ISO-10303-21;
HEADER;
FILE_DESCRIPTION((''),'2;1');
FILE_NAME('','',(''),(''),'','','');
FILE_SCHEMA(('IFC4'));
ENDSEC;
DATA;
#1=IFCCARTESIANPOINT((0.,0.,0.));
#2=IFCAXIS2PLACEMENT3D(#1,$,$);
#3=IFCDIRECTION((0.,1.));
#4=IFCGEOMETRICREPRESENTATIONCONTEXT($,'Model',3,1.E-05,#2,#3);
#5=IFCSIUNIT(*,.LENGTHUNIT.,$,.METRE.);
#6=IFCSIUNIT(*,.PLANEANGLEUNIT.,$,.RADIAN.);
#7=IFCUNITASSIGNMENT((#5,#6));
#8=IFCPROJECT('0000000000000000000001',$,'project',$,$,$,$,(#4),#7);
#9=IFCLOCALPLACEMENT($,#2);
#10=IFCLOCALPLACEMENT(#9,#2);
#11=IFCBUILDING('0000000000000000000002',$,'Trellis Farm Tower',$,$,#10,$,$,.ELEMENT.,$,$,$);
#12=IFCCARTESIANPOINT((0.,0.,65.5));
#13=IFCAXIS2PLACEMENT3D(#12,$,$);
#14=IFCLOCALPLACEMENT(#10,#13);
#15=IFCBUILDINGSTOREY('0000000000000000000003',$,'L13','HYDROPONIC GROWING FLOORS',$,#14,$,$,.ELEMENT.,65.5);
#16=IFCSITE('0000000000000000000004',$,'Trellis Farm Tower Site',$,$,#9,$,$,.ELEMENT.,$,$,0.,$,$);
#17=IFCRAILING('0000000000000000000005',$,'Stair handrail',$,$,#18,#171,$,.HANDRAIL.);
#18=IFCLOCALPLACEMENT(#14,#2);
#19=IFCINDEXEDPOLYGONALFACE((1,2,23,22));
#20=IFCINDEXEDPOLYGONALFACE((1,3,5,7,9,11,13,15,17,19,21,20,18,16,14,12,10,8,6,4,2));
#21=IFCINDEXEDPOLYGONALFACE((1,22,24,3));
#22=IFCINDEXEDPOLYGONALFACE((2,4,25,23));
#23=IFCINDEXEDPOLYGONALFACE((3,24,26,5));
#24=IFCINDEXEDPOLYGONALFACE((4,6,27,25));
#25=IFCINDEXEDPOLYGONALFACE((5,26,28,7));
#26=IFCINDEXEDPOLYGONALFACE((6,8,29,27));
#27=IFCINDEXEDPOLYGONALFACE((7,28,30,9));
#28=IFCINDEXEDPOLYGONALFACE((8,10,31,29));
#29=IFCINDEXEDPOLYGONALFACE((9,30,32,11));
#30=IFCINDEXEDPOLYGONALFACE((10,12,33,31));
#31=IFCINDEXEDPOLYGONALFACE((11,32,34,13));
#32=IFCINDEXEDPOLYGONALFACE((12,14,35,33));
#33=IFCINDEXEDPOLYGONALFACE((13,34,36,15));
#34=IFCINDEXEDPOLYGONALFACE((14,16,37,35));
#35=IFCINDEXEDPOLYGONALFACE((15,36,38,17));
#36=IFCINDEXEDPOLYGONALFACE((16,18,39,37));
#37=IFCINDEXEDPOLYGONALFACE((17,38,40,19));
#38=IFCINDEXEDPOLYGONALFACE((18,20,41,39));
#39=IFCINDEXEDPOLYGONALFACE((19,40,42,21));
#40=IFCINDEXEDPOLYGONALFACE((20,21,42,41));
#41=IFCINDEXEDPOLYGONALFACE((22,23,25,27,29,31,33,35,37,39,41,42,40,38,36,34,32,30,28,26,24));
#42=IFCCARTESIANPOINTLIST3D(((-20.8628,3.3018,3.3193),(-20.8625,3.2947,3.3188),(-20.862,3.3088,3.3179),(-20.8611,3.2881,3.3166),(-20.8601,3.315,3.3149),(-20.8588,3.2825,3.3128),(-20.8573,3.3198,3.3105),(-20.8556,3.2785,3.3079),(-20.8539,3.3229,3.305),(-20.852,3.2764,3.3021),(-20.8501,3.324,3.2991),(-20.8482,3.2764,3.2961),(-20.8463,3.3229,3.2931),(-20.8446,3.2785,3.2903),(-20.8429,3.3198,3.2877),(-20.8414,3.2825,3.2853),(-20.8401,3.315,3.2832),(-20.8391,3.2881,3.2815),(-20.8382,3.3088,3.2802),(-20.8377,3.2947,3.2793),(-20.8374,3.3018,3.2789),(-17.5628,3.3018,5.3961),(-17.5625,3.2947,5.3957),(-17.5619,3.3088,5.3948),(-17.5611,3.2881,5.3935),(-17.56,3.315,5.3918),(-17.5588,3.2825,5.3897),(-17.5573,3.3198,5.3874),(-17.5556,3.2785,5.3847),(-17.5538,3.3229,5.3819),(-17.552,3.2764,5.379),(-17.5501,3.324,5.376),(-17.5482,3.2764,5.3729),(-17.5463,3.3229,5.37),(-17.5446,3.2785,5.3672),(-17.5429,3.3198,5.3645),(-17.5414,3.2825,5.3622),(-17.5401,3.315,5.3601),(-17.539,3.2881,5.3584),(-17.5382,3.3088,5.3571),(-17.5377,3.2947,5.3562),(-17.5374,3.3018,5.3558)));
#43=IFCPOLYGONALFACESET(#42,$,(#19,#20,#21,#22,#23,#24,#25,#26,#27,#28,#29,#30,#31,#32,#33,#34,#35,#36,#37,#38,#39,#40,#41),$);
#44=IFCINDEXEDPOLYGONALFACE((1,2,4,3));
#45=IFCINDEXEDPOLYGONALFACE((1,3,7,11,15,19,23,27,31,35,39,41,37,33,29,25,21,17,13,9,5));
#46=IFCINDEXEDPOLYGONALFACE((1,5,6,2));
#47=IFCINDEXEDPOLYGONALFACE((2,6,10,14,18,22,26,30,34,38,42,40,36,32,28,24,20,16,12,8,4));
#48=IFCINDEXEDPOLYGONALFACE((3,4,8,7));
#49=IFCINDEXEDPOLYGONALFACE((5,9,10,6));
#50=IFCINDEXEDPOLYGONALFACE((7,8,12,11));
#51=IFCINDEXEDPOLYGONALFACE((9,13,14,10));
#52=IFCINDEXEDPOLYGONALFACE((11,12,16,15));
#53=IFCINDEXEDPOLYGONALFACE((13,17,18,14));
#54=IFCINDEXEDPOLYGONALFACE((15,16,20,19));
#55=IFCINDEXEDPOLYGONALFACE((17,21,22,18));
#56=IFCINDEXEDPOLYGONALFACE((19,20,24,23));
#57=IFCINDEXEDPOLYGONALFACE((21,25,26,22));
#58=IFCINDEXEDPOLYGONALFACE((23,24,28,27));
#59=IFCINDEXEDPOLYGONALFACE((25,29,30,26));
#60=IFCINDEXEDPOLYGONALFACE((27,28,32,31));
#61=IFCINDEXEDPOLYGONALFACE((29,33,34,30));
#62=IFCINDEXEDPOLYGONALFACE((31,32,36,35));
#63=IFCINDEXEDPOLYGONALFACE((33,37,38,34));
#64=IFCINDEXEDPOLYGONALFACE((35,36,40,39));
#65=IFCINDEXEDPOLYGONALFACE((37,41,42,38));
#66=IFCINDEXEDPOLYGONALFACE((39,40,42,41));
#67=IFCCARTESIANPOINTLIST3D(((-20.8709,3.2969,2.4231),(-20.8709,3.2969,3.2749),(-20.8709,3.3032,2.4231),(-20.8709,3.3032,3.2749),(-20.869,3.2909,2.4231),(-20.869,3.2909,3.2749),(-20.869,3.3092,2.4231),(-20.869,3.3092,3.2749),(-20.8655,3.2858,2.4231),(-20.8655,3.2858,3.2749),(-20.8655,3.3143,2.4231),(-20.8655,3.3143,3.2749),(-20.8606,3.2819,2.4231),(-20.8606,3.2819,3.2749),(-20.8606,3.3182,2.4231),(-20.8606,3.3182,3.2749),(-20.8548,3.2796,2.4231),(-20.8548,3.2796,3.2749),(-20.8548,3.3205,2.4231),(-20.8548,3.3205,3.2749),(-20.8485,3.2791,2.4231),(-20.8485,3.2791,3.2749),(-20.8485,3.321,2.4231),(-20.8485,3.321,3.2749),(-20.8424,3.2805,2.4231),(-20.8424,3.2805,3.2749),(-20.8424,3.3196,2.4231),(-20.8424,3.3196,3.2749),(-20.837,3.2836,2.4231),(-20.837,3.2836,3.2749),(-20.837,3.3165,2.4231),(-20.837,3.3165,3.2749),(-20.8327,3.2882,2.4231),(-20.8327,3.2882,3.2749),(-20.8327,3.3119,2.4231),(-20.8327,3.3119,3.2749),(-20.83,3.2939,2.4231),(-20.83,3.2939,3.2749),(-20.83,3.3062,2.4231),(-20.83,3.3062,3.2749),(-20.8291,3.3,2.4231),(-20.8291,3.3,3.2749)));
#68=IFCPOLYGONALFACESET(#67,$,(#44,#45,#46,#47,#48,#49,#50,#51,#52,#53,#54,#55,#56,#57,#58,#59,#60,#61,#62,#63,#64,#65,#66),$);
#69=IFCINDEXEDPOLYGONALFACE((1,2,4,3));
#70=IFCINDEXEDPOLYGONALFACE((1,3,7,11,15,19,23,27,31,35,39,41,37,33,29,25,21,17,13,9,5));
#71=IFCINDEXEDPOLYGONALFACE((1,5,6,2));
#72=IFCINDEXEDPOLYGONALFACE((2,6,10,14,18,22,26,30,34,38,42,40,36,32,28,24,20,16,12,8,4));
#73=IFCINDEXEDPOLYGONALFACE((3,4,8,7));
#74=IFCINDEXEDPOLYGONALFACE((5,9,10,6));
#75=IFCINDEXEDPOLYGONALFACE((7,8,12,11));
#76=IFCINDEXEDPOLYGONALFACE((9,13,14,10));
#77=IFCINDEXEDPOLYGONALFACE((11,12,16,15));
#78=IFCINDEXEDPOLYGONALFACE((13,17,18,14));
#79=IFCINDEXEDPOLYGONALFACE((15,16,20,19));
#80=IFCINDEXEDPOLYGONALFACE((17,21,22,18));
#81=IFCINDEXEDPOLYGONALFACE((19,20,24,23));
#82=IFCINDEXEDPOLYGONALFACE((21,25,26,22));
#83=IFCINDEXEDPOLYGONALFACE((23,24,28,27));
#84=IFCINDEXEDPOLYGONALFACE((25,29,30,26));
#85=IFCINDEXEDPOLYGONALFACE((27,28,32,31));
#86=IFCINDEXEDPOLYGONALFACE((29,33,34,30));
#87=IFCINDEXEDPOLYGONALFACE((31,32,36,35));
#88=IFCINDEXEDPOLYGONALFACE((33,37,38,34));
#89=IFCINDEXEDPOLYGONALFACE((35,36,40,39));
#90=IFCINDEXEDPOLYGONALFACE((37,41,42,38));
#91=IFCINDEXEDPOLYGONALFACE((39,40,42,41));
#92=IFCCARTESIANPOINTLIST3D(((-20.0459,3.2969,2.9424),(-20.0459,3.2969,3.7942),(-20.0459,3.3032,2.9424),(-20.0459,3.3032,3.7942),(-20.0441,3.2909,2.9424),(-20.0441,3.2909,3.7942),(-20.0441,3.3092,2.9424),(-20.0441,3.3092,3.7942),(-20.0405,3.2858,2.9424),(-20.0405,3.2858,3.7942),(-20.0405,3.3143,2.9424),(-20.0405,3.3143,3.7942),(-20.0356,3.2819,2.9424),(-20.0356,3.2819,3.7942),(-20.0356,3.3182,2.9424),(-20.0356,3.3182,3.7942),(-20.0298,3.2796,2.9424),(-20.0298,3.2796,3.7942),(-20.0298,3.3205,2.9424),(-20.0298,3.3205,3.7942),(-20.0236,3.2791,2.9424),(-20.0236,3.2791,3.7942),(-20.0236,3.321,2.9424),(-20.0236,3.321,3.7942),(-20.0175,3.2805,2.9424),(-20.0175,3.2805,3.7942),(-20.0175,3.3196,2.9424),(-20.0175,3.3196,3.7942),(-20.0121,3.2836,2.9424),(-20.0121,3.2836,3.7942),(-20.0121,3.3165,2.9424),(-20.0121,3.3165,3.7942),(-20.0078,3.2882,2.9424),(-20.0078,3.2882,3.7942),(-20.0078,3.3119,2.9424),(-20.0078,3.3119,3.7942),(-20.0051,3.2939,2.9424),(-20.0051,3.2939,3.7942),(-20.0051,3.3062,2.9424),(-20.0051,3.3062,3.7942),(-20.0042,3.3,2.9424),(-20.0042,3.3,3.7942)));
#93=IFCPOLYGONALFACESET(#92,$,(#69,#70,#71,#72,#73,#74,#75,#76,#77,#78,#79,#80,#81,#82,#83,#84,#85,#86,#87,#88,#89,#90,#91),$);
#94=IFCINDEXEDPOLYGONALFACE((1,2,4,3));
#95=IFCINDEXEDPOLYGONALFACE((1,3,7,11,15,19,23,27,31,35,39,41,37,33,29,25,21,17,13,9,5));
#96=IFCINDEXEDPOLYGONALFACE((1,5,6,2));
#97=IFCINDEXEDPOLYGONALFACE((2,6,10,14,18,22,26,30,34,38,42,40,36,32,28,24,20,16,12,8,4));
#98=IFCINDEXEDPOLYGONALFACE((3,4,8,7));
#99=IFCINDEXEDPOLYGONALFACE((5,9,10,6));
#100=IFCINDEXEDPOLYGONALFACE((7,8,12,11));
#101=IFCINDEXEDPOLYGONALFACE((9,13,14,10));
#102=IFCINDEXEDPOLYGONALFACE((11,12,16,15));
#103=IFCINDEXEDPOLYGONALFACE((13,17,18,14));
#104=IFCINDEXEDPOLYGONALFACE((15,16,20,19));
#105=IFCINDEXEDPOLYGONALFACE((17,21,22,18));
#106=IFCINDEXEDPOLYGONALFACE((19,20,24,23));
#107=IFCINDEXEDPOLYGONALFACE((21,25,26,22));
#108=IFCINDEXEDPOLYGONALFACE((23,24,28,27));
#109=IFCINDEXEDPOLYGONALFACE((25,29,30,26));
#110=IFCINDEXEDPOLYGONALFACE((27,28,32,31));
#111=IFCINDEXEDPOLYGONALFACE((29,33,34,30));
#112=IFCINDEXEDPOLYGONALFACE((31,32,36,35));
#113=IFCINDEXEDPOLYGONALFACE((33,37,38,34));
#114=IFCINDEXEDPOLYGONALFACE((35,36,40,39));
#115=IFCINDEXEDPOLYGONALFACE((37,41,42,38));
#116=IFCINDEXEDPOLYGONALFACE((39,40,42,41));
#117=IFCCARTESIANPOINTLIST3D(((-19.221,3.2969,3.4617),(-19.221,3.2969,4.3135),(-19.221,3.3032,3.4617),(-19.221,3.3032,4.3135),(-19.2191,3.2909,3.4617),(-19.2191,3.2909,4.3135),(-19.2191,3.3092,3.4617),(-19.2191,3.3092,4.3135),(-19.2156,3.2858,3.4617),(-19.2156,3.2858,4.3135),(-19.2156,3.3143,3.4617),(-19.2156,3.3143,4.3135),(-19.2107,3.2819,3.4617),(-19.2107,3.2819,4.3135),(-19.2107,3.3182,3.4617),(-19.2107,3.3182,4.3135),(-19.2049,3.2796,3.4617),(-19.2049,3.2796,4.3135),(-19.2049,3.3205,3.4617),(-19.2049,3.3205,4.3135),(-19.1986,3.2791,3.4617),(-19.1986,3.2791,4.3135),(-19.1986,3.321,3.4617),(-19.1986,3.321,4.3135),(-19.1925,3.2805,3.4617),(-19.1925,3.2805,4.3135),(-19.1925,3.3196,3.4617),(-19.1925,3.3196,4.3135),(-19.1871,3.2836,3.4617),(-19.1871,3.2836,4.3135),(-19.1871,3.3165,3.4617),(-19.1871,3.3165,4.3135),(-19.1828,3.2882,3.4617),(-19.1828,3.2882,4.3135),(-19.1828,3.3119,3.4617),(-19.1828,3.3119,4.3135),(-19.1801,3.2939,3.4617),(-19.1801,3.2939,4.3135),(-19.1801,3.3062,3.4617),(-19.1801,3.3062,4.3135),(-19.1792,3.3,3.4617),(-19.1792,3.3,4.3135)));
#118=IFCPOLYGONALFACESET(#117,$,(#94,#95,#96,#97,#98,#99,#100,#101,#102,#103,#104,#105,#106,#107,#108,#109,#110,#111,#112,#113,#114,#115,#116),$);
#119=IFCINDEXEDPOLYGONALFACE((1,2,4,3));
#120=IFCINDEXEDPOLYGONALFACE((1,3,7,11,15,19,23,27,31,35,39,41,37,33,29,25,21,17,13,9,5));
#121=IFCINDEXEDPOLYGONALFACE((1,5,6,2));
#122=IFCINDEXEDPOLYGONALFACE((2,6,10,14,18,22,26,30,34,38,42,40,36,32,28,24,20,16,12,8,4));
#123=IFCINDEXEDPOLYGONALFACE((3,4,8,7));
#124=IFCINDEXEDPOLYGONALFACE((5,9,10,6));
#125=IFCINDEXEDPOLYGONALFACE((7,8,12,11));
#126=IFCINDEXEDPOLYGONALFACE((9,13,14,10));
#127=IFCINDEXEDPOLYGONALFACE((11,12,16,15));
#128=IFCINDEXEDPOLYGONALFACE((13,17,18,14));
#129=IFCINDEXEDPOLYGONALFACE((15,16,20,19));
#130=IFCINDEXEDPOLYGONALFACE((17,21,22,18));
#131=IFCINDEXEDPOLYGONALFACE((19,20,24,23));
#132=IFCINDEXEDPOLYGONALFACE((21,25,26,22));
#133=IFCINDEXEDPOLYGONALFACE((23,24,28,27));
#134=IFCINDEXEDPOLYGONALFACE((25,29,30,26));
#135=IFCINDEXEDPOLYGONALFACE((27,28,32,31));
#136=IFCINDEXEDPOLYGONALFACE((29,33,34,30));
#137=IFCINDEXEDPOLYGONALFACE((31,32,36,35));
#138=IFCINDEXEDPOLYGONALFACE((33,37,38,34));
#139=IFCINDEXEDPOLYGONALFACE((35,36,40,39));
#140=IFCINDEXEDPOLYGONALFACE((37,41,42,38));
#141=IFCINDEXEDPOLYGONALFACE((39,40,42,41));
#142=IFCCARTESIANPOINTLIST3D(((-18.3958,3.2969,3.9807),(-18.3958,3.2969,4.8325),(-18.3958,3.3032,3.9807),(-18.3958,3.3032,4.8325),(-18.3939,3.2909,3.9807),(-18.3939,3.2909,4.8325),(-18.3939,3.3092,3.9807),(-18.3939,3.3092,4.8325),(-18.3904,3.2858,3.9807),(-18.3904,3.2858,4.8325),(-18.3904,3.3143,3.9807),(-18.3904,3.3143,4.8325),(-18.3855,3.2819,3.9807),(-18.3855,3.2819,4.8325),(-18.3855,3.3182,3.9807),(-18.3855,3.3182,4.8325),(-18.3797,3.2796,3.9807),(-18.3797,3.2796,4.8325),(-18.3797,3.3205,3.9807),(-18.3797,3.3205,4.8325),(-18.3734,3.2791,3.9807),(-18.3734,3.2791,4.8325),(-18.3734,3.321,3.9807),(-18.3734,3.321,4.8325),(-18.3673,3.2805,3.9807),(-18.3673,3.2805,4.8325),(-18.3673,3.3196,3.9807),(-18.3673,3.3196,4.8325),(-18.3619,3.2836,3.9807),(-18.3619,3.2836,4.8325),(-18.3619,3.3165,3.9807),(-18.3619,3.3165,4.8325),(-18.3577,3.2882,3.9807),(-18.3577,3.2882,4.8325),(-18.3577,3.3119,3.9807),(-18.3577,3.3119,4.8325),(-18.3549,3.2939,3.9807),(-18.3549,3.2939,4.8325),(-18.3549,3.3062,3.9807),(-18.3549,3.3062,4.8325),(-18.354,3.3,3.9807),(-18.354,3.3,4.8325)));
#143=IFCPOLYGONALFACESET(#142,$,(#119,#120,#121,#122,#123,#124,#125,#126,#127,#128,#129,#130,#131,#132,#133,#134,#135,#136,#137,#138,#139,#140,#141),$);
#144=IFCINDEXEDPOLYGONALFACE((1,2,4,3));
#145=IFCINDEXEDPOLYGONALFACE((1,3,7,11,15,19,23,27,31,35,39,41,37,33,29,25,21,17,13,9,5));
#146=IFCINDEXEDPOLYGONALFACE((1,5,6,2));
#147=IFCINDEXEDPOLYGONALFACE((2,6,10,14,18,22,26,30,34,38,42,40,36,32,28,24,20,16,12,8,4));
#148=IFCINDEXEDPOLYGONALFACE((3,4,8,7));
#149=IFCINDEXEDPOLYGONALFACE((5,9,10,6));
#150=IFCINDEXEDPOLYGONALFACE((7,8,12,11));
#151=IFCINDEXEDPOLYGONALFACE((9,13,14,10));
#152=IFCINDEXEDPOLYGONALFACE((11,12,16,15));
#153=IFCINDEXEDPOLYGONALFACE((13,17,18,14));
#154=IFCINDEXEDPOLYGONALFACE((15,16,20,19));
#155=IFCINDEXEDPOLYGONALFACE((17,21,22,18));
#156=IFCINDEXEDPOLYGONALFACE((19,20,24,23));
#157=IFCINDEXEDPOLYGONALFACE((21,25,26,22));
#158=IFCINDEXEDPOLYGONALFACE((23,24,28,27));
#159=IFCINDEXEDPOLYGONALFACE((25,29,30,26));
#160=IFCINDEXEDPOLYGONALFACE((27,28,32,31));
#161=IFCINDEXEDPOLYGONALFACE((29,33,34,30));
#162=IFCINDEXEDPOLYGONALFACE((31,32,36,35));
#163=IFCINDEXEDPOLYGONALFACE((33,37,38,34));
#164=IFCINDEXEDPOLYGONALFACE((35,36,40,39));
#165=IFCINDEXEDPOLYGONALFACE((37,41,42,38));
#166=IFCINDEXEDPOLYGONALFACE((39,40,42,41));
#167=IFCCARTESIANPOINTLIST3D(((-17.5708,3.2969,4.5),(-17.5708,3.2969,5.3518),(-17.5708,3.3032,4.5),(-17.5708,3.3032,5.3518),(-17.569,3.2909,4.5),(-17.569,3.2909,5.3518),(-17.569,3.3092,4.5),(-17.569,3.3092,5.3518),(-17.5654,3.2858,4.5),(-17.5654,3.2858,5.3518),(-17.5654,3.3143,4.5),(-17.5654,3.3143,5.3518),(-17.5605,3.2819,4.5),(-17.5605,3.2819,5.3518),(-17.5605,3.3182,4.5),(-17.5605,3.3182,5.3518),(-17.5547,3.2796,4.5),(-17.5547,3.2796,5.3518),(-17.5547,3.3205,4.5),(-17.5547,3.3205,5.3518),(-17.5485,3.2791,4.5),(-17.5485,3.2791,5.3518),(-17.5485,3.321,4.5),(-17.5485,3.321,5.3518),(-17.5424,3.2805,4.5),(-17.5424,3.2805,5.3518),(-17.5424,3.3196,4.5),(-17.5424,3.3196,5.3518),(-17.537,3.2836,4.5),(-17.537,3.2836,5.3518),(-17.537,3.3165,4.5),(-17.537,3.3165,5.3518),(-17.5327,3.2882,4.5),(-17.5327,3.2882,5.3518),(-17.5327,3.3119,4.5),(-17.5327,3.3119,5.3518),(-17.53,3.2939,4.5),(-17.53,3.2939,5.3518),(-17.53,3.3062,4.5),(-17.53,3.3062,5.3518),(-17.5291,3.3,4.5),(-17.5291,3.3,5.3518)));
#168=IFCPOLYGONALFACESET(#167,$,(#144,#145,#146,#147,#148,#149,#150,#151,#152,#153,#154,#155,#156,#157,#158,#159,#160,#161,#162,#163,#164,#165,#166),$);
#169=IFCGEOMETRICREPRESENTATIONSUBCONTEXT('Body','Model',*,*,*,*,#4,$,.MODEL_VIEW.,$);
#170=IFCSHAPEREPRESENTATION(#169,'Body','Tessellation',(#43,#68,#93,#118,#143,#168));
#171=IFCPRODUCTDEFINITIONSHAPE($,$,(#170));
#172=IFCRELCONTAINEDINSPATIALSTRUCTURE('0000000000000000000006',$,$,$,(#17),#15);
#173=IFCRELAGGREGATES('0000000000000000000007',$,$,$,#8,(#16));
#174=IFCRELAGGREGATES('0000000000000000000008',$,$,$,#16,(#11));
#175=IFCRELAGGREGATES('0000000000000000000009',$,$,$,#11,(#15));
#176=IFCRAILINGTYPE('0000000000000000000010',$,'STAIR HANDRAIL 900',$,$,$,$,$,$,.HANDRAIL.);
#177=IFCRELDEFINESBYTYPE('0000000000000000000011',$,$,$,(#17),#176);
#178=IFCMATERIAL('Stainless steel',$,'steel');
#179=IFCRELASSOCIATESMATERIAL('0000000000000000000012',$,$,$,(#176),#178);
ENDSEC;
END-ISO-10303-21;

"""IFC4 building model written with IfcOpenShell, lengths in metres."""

from ifc_helpers import new_model, si_unit, direction, frame, origin, origin_2d, place, context, subcontext, project, spatial, circle, extrude, source, transform, mapped, material, type_object, element, save


model = new_model("IFC4")

# Units and contexts
model_context = context("Model", 3, precision=1e-05, world=origin(), true_north=direction((0.0, 1.0)))
body_context = subcontext(model_context, "Body", "Model", "MODEL_VIEW")
ifc_project = project(units=[si_unit("LENGTHUNIT", "METRE"), si_unit("PLANEANGLEUNIT", "RADIAN")], contexts=[model_context])

# Site, building, storey
site_placement = place(None, origin())
site = spatial("IfcSite", under=ifc_project, at=site_placement, Name="Trellis Farm Tower Site", CompositionType="ELEMENT", RefElevation=0.0)
building_placement = place(site_placement, origin())
building = spatial("IfcBuilding", under=site, at=building_placement, Name="Trellis Farm Tower", CompositionType="ELEMENT")
storey_placement = place(building_placement, frame((0.0, 0.0, 65.5)))
storey = spatial("IfcBuildingStorey", under=building, at=storey_placement, Name="L13", Description="HYDROPONIC GROWING FLOORS", CompositionType="ELEMENT", Elevation=65.5)

# Railing
ifc_material_1 = material(Name="Stainless steel", Category="steel")
railing_type = type_object("IfcRailingType", Name="STAIR HANDRAIL 900", PredefinedType="HANDRAIL", material=ifc_material_1)
shared_shape_1 = source(origin(), body_context, "Body", "SweptSolid", [
    extrude(circle(Radius=0.0239, at=origin_2d()), frame((0.0, 0.0, 0.876), z_axis=(0.846337, 0.0, 0.532647), x_axis=(0.0, 1.0, 0.0)), (0.0, 0.0, 1.0), 3.8992),
    extrude(circle(Radius=0.021, at=origin_2d()), origin(), (0.0, 0.0, 1.0), 0.8518),
    extrude(circle(Radius=0.021, at=origin_2d()), frame((0.825, 0.0, 0.5193)), (0.0, 0.0, 1.0), 0.8518),
    extrude(circle(Radius=0.021, at=origin_2d()), frame((1.6499, 0.0, 1.0386)), (0.0, 0.0, 1.0), 0.8518),
    extrude(circle(Radius=0.021, at=origin_2d()), frame((2.4751, 0.0, 1.5576)), (0.0, 0.0, 1.0), 0.8518),
    extrude(circle(Radius=0.021, at=origin_2d()), frame((3.3, 0.0, 2.0769)), (0.0, 0.0, 1.0), 0.8518),
])
for number, where, name in (
    (1, (-20.8501, 3.3, 2.4231), "Stair handrail"),
):
    element("IfcRailing", number, at=place(storey_placement, frame(where)), inside=storey, type_object=railing_type, Name=name, PredefinedType="HANDRAIL", context=body_context, shape_type="MappedRepresentation", body=[
        mapped(shared_shape_1, transform((0.0, 0.0, 0.0))),
    ])

save(model, "model.ifc")
